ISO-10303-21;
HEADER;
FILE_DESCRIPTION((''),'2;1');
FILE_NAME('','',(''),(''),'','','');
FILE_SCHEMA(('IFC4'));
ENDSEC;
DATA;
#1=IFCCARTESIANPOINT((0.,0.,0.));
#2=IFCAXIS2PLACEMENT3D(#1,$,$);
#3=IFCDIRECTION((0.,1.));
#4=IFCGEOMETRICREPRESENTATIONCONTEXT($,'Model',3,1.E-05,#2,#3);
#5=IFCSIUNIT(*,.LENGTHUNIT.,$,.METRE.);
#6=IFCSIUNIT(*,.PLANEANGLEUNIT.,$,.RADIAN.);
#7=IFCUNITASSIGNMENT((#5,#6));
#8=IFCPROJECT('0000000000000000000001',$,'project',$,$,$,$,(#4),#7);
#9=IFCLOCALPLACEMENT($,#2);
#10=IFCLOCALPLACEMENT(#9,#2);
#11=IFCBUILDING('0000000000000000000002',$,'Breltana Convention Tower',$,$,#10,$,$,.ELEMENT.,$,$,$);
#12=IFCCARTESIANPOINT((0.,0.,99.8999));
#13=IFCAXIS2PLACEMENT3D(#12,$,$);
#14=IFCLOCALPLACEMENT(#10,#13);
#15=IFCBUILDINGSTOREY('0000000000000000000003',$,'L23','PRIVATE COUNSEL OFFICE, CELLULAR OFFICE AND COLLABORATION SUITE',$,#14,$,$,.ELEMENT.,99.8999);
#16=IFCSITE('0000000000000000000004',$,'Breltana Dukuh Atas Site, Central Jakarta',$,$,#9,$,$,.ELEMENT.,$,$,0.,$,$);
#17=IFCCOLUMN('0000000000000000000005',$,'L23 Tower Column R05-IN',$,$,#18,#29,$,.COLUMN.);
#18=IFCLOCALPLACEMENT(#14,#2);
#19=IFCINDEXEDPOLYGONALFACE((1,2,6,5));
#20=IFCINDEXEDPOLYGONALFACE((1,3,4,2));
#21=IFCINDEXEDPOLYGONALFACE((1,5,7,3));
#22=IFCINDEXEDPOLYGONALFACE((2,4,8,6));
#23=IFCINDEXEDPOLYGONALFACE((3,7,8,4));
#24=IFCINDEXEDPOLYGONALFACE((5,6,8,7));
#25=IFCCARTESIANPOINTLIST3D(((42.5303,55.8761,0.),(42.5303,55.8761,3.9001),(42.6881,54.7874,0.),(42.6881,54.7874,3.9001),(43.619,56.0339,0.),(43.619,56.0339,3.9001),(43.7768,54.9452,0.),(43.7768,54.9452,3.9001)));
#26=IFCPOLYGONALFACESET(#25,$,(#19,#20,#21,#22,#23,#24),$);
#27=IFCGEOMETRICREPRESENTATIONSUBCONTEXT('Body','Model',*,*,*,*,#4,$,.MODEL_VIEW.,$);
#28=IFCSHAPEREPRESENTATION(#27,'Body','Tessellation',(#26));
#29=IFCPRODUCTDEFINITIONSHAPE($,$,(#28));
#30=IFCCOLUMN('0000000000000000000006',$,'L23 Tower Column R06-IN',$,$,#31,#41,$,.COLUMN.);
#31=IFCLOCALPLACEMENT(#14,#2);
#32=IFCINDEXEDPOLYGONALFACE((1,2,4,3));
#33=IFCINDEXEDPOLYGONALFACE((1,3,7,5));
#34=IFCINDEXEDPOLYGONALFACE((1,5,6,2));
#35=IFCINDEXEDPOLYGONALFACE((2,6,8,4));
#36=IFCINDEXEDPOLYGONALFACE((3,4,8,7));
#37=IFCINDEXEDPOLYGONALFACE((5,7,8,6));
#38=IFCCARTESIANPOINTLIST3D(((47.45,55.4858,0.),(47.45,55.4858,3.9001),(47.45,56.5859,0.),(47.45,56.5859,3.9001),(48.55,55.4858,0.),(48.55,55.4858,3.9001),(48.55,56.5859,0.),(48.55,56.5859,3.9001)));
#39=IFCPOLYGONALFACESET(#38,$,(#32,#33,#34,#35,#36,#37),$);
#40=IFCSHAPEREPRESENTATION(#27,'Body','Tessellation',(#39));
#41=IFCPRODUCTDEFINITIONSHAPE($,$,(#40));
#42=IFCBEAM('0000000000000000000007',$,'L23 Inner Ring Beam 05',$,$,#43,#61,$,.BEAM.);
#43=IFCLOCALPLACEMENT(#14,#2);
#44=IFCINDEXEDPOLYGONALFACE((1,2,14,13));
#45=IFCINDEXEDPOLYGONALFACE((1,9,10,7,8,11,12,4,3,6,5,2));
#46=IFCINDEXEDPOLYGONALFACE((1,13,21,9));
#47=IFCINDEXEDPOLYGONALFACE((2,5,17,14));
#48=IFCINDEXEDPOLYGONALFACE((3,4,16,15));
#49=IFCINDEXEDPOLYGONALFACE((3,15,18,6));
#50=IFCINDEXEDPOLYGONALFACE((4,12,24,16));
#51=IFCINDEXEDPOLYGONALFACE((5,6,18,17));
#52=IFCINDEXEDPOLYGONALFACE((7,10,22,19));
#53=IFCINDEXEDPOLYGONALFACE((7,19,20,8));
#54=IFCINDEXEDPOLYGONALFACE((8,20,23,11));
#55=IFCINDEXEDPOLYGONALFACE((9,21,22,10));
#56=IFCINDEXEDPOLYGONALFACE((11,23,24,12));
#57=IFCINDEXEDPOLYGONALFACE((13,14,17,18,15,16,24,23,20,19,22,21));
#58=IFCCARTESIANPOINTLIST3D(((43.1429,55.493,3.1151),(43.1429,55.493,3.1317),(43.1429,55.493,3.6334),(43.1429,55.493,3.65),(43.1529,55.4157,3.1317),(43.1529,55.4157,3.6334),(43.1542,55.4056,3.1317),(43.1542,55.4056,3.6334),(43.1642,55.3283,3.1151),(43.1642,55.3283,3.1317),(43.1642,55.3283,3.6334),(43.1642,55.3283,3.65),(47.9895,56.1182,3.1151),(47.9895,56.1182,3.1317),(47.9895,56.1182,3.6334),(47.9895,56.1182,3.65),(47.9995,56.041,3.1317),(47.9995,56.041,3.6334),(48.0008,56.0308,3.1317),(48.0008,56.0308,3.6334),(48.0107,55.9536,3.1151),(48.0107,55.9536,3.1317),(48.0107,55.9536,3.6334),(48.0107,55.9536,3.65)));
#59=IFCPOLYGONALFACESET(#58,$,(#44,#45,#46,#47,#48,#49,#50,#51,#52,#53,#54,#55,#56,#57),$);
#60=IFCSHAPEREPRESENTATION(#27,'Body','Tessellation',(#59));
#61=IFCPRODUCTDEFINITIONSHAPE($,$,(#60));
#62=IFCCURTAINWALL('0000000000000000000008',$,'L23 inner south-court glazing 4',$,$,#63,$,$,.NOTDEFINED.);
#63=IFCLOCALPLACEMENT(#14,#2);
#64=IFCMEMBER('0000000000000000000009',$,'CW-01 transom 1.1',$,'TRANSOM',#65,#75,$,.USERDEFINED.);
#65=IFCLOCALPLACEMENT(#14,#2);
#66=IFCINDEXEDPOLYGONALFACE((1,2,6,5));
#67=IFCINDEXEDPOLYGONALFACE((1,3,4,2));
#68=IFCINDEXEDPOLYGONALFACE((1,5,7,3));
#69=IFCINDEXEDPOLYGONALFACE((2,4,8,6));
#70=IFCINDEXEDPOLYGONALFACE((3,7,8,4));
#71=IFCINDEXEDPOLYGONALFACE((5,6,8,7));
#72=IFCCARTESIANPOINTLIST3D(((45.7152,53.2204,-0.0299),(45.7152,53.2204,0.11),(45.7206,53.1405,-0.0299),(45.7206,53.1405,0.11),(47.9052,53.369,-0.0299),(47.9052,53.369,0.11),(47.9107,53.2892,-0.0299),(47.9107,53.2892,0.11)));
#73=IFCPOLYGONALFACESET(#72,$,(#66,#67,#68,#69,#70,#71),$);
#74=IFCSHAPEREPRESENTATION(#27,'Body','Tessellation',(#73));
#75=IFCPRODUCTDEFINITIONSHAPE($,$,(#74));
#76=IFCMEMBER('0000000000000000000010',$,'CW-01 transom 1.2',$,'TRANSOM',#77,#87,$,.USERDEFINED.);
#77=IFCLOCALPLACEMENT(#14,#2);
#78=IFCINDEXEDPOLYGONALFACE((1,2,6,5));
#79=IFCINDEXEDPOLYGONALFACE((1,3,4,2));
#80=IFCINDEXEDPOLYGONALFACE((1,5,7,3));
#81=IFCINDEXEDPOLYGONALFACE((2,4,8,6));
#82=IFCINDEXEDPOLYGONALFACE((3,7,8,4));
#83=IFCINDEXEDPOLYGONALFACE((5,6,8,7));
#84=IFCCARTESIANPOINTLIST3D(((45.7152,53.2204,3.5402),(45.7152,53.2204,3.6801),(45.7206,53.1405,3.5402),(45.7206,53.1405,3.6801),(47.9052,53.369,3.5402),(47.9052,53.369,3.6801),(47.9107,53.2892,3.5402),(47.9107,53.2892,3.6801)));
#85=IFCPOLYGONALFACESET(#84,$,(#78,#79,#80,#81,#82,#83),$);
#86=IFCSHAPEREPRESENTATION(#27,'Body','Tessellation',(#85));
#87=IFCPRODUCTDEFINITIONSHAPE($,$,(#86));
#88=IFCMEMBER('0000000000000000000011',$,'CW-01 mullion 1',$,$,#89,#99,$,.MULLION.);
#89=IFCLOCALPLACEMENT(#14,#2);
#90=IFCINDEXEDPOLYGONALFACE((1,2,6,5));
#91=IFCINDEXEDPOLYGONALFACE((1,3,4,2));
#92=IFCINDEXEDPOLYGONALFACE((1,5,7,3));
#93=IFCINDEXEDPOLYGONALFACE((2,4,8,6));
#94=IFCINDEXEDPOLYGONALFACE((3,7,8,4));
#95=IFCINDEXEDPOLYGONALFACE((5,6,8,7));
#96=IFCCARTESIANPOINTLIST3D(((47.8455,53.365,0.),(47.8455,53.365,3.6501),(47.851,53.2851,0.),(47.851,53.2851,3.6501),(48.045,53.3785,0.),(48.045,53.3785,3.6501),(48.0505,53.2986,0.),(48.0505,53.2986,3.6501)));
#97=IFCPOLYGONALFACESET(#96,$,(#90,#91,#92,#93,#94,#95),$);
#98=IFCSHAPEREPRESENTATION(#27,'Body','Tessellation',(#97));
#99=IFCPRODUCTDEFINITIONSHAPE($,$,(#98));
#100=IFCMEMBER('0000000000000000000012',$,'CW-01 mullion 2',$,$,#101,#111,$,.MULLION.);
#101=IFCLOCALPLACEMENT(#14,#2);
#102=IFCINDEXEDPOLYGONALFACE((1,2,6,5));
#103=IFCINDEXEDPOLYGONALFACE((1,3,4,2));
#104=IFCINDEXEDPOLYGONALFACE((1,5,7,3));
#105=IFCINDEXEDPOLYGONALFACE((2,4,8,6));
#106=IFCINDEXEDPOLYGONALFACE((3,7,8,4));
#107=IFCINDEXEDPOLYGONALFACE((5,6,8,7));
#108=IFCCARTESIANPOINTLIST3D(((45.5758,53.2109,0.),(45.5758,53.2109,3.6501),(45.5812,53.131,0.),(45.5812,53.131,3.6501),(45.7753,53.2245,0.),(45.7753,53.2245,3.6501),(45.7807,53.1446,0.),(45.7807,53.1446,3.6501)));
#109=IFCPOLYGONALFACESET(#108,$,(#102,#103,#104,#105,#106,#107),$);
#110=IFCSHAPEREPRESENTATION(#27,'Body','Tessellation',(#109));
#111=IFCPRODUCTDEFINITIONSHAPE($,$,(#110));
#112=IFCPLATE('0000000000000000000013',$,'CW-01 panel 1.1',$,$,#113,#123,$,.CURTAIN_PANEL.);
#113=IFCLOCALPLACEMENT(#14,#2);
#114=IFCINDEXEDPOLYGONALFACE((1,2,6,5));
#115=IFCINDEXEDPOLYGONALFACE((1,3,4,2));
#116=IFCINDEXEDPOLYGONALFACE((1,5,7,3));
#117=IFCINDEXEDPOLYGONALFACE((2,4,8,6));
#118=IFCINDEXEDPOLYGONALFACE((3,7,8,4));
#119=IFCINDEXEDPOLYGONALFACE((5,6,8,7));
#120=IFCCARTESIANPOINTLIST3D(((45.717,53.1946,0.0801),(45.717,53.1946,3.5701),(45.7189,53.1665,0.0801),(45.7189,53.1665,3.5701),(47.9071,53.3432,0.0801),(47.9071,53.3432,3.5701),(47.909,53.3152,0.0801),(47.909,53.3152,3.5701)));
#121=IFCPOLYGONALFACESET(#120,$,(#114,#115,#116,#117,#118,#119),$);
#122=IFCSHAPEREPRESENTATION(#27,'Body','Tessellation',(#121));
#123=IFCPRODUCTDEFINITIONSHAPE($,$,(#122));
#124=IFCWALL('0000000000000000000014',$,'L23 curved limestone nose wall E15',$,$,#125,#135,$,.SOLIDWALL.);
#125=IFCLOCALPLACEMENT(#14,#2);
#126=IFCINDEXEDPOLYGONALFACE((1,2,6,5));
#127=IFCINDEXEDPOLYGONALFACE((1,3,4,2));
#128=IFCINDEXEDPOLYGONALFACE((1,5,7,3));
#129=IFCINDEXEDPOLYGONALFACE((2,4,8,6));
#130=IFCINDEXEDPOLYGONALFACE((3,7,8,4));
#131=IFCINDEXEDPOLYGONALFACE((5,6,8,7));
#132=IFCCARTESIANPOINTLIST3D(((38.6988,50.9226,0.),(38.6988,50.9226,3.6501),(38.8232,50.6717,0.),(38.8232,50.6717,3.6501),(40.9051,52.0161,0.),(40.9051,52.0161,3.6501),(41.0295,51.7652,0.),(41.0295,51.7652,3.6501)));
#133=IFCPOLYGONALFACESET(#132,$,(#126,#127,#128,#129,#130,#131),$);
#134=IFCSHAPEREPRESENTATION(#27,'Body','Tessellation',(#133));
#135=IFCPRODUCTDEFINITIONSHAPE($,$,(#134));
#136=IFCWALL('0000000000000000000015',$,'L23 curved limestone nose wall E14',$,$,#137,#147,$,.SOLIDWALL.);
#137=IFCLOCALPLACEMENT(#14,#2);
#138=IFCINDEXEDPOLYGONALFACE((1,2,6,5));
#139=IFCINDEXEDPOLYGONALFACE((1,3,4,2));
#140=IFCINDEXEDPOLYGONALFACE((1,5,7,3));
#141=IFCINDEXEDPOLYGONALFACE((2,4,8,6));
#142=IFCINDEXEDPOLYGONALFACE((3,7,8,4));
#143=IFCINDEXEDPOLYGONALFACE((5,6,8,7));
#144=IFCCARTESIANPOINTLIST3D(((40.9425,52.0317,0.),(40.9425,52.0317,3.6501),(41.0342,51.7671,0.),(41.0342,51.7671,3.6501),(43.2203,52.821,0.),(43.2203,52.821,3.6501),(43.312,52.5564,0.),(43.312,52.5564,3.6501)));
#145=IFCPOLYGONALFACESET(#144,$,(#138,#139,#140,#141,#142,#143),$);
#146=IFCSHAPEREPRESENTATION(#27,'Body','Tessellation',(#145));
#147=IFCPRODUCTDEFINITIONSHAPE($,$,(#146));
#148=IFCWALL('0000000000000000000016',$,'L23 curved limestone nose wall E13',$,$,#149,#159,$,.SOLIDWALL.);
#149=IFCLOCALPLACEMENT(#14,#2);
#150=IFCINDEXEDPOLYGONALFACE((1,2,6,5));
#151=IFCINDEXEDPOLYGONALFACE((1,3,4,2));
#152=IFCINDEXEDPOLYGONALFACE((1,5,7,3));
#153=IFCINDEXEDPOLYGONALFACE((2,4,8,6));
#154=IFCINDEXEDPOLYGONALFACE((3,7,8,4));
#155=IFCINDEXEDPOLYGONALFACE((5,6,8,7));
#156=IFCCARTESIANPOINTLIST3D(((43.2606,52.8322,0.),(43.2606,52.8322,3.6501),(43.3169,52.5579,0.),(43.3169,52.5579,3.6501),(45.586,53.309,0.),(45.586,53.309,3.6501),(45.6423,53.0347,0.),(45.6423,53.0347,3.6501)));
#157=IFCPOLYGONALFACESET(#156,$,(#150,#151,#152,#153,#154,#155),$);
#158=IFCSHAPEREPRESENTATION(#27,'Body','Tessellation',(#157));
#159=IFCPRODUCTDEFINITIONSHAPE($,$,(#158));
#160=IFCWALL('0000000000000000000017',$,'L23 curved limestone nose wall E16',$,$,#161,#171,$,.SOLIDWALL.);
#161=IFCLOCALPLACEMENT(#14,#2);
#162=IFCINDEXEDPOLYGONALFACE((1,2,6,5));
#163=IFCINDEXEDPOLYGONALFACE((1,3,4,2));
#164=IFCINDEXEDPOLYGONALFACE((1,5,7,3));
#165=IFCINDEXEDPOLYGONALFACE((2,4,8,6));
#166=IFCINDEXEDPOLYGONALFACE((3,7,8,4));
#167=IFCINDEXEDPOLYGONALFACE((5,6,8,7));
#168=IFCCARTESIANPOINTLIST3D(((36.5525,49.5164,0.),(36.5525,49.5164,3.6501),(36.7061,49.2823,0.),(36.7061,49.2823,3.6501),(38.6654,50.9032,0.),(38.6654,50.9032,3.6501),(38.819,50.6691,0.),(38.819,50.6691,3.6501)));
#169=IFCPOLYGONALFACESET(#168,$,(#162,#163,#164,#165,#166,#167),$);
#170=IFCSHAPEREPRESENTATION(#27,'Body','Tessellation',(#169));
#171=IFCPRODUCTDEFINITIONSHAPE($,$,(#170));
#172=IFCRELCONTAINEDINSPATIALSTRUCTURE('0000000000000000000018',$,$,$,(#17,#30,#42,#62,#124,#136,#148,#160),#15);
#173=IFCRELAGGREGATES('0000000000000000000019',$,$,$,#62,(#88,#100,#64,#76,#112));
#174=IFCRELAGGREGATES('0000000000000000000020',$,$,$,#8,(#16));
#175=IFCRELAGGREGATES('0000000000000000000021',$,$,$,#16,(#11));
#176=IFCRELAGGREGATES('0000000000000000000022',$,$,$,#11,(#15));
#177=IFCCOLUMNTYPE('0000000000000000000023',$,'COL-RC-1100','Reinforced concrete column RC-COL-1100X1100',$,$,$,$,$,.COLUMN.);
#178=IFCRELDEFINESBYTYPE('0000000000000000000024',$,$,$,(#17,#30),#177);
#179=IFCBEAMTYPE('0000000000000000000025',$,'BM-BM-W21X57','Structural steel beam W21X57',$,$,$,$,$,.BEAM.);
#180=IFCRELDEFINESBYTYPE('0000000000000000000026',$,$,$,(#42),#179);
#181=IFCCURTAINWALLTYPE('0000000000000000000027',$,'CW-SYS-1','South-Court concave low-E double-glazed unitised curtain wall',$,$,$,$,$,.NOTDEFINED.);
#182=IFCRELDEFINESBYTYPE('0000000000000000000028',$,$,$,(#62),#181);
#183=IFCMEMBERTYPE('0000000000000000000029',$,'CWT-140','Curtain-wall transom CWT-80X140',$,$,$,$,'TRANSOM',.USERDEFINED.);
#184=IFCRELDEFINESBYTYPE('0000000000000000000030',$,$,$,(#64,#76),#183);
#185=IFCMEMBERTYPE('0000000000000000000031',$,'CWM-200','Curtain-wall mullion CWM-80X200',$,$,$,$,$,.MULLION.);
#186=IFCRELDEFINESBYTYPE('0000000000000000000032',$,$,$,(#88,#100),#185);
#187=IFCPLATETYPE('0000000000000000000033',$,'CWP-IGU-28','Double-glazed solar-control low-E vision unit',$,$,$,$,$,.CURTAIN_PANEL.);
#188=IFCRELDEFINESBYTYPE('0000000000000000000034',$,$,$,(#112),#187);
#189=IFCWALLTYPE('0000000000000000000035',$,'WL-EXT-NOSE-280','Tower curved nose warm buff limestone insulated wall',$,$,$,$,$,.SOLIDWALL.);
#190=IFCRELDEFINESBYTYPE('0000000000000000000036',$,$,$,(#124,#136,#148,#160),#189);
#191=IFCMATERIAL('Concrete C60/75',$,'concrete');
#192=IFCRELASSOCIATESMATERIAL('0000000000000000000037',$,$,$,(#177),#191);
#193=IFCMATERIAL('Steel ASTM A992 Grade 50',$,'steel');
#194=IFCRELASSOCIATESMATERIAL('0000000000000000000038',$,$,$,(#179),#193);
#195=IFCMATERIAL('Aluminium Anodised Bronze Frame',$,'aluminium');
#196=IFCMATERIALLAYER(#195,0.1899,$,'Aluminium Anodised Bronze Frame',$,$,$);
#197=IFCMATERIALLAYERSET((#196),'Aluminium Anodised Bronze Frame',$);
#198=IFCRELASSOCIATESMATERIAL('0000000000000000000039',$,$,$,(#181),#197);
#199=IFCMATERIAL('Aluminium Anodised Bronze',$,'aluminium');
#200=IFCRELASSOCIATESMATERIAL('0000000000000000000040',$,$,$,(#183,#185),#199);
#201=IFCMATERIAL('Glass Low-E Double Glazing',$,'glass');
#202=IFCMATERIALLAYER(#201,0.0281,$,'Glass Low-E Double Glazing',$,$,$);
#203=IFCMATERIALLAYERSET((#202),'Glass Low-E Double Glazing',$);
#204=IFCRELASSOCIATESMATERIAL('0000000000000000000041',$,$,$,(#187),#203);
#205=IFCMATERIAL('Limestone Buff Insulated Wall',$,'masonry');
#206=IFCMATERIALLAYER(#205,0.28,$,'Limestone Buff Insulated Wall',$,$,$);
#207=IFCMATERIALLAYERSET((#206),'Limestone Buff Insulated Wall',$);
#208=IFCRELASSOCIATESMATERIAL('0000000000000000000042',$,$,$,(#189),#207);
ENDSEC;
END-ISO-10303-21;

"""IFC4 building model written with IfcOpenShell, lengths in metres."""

from ifc_helpers import new_model, si_unit, direction, frame, frame_2d, origin, origin_2d, place, context, subcontext, project, spatial, rectangle, i_section, extrude, source, transform, mapped, material, layer, layer_set, material_profile, profile_set, type_object, element, aggregate, save


model = new_model("IFC4")

# Units and contexts
model_context = context("Model", 3, precision=1e-05, world=origin(), true_north=direction((0.0, 1.0)))
body_context = subcontext(model_context, "Body", "Model", "MODEL_VIEW")
ifc_project = project(units=[si_unit("LENGTHUNIT", "METRE"), si_unit("PLANEANGLEUNIT", "RADIAN")], contexts=[model_context])

# Site, building, storey
site_placement = place(None, origin())
site = spatial("IfcSite", under=ifc_project, at=site_placement, Name="Breltana Dukuh Atas Site, Central Jakarta", CompositionType="ELEMENT", RefElevation=0.0)
building_placement = place(site_placement, origin())
building = spatial("IfcBuilding", under=site, at=building_placement, Name="Breltana Convention Tower", CompositionType="ELEMENT")
storey_placement = place(building_placement, frame((0.0, 0.0, 99.8999)))
storey = spatial("IfcBuildingStorey", under=building, at=storey_placement, Name="L23", Description="PRIVATE COUNSEL OFFICE, CELLULAR OFFICE AND COLLABORATION SUITE", CompositionType="ELEMENT", Elevation=99.8999)

# Columns
ifc_material_1 = material(Name="Concrete C60/75", Category="concrete")
ifc_material_profile_1 = material_profile(ifc_material_1, rectangle(XDim=1.1001, YDim=1.1001, at=origin_2d()), Name="RC-COL-1100X1100")
ifc_profile_set_1 = profile_set([ifc_material_profile_1], Name="Concrete C60/75")
column_type = type_object("IfcColumnType", Name="COL-RC-1100", Description="Reinforced concrete column RC-COL-1100X1100", PredefinedType="COLUMN", material=ifc_profile_set_1)
shared_shape_1 = source(origin(), body_context, "Body", "SweptSolid", [
    extrude(rectangle(XDim=1.1001, YDim=1.1001, at=origin_2d()), origin(), (0.0, 0.0, 1.0), 3.9001),
])
for number, where, z_axis, x_axis, name in (
    (1, (43.1536, 55.4106, 0.0), (0.0, 0.0, 1.0), (-0.143493, 0.989651, 0.0), "L23 Tower Column R05-IN"),
    (2, (48.0, 56.0359, 0.0), (0.0, 0.0, 1.0), (0.0, 1.0, 0.0), "L23 Tower Column R06-IN"),
):
    element("IfcColumn", number, at=place(storey_placement, frame(where, z_axis=z_axis, x_axis=x_axis)), inside=storey, type_object=column_type, Name=name, PredefinedType="COLUMN", context=body_context, shape_type="MappedRepresentation", body=[
        mapped(shared_shape_1, transform((0.0, 0.0, 0.0), scale=1.0)),
    ])

# Beam
ifc_material_2 = material(Name="Steel ASTM A992 Grade 50", Category="steel")
ifc_material_profile_2 = material_profile(ifc_material_2, i_section(OverallWidth=0.166, OverallDepth=0.5349, WebThickness=0.0103, FlangeThickness=0.0166, at=origin_2d()), Name="W21X57")
ifc_profile_set_2 = profile_set([ifc_material_profile_2], Name="Steel ASTM A992 Grade 50")
beam_type = type_object("IfcBeamType", Name="BM-BM-W21X57", Description="Structural steel beam W21X57", PredefinedType="BEAM", material=ifc_profile_set_2)
shared_shape_2 = source(origin(), body_context, "Body", "SweptSolid", [
    extrude(i_section(OverallWidth=0.166, OverallDepth=0.5349, WebThickness=0.0103, FlangeThickness=0.0166, at=origin_2d()), origin(), (0.0, 0.0, 1.0), 4.8867),
])
beam_placement = place(storey_placement, frame((43.1536, 55.4106, 3.3826), z_axis=(0.991781, 0.127951, 0.0), x_axis=(-0.127951, 0.991781, 0.0)))
element("IfcBeam", 3, at=beam_placement, inside=storey, type_object=beam_type, Name="L23 Inner Ring Beam 05", PredefinedType="BEAM", context=body_context, shape_type="MappedRepresentation", body=[
    mapped(shared_shape_2, transform((0.0, 0.0, 0.0), scale=1.0)),
])

# Curtain wall, members, plate
ifc_material_3 = material(Name="Aluminium Anodised Bronze Frame", Category="aluminium")
ifc_layer_1 = layer(ifc_material_3, 0.1899, Name="Aluminium Anodised Bronze Frame")
ifc_layer_set_1 = layer_set([ifc_layer_1], Name="Aluminium Anodised Bronze Frame")
curtain_wall_type = type_object("IfcCurtainWallType", Name="CW-SYS-1", Description="South-Court concave low-E double-glazed unitised curtain wall", PredefinedType="NOTDEFINED", material=ifc_layer_set_1)
curtain_wall_placement = place(storey_placement, origin())
curtain_wall = element("IfcCurtainWall", 4, at=curtain_wall_placement, inside=storey, type_object=curtain_wall_type, Name="L23 inner south-court glazing 4", PredefinedType="NOTDEFINED")
ifc_material_4 = material(Name="Aluminium Anodised Bronze", Category="aluminium")
ifc_material_profile_3 = material_profile(ifc_material_4, rectangle(XDim=0.0801, YDim=0.1399, at=origin_2d()), Name="CWT-80X140")
ifc_profile_set_3 = profile_set([ifc_material_profile_3], Name="Aluminium Anodised Bronze")
member_type_1 = type_object("IfcMemberType", Name="CWT-140", Description="Curtain-wall transom CWT-80X140", ElementType="TRANSOM", PredefinedType="USERDEFINED", material=ifc_profile_set_3)
shared_shape_3 = source(origin(), body_context, "Body", "SweptSolid", [
    extrude(rectangle(XDim=0.0801, YDim=0.1399, at=origin_2d()), origin(), (0.0, 0.0, 1.0), 2.1951),
])
member_1_placement = place(storey_placement, frame((47.908, 53.3291, 0.04), z_axis=(-0.997703, -0.067737, 0.0), x_axis=(0.067737, -0.997703, 0.0)))
member_1 = element("IfcMember", 5, at=member_1_placement, type_object=member_type_1, Name="CW-01 transom 1.1", ObjectType="TRANSOM", PredefinedType="USERDEFINED", context=body_context, shape_type="MappedRepresentation", body=[
    mapped(shared_shape_3, transform((0.0, 0.0, 0.0), scale=1.0)),
])
member_2_placement = place(storey_placement, frame((47.908, 53.3291, 3.6101), z_axis=(-0.997703, -0.067737, 0.0), x_axis=(0.067737, -0.997703, 0.0)))
member_2 = element("IfcMember", 6, at=member_2_placement, type_object=member_type_1, Name="CW-01 transom 1.2", ObjectType="TRANSOM", PredefinedType="USERDEFINED", context=body_context, shape_type="MappedRepresentation", body=[
    mapped(shared_shape_3, transform((0.0, 0.0, 0.0), scale=1.0)),
])
ifc_material_profile_4 = material_profile(ifc_material_4, rectangle(XDim=0.0801, YDim=0.2, at=origin_2d()), Name="CWM-80X200")
ifc_profile_set_4 = profile_set([ifc_material_profile_4], Name="Aluminium Anodised Bronze")
member_type_2 = type_object("IfcMemberType", Name="CWM-200", Description="Curtain-wall mullion CWM-80X200", PredefinedType="MULLION", material=ifc_profile_set_4)
shared_shape_4 = source(origin(), body_context, "Body", "SweptSolid", [
    extrude(rectangle(XDim=0.0801, YDim=0.2, at=origin_2d()), origin(), (0.0, 0.0, 1.0), 3.6501),
])
member_3_placement = place(storey_placement, frame((47.948, 53.3318, 0.0), z_axis=(0.0, 0.0, 1.0), x_axis=(0.067728, -0.997704, 0.0)))
member_3 = element("IfcMember", 7, at=member_3_placement, type_object=member_type_2, Name="CW-01 mullion 1", PredefinedType="MULLION", context=body_context, shape_type="MappedRepresentation", body=[
    mapped(shared_shape_4, transform((0.0, 0.0, 0.0), scale=1.0)),
])
member_4_placement = place(storey_placement, frame((45.6782, 53.1777, 0.0), z_axis=(0.0, 0.0, 1.0), x_axis=(0.067728, -0.997704, 0.0)))
member_4 = element("IfcMember", 8, at=member_4_placement, type_object=member_type_2, Name="CW-01 mullion 2", PredefinedType="MULLION", context=body_context, shape_type="MappedRepresentation", body=[
    mapped(shared_shape_4, transform((0.0, 0.0, 0.0), scale=1.0)),
])
ifc_material_5 = material(Name="Glass Low-E Double Glazing", Category="glass")
ifc_layer_2 = layer(ifc_material_5, 0.0281, Name="Glass Low-E Double Glazing")
ifc_layer_set_2 = layer_set([ifc_layer_2], Name="Glass Low-E Double Glazing")
plate_type = type_object("IfcPlateType", Name="CWP-IGU-28", Description="Double-glazed solar-control low-E vision unit", PredefinedType="CURTAIN_PANEL", material=ifc_layer_set_2)
shared_shape_5 = source(origin(), body_context, "Body", "SweptSolid", [
    extrude(rectangle(XDim=2.1951, YDim=0.0281, at=origin_2d()), origin(), (0.0, 0.0, 1.0), 3.49),
])
plate_placement = place(storey_placement, frame((46.813, 53.2549, 0.0801), z_axis=(0.0, 0.0, 1.0), x_axis=(-0.997704, -0.067728, 0.0)))
plate = element("IfcPlate", 9, at=plate_placement, type_object=plate_type, Name="CW-01 panel 1.1", PredefinedType="CURTAIN_PANEL", context=body_context, shape_type="MappedRepresentation", body=[
    mapped(shared_shape_5, transform((0.0, 0.0, 0.0), scale=1.0)),
])
aggregate(curtain_wall, [member_3, member_4, member_1, member_2, plate])

# Walls
ifc_material_6 = material(Name="Limestone Buff Insulated Wall", Category="masonry")
ifc_layer_3 = layer(ifc_material_6, 0.28, Name="Limestone Buff Insulated Wall")
ifc_layer_set_3 = layer_set([ifc_layer_3], Name="Limestone Buff Insulated Wall")
wall_type_1 = type_object("IfcWallType", Name="WL-EXT-NOSE-280", Description="Tower curved nose warm buff limestone insulated wall", PredefinedType="SOLIDWALL", material=ifc_layer_set_3)
shared_shape_6 = source(origin(), body_context, "Body", "SweptSolid", [
    extrude(rectangle(XDim=2.4624, YDim=0.28, at=frame_2d((1.2312, 0.0))), origin(), (0.0, 0.0, 1.0), 3.6501),
])
wall_1_placement = place(storey_placement, frame((40.9673, 51.8906, 0.0), z_axis=(0.0, 0.0, 1.0), x_axis=(-0.895988, -0.444078, 0.0)))
element("IfcWall", 10, at=wall_1_placement, inside=storey, type_object=wall_type_1, Name="L23 curved limestone nose wall E15", PredefinedType="SOLIDWALL", context=body_context, shape_type="MappedRepresentation", body=[
    mapped(shared_shape_6, transform((0.0, 0.0, 0.0), scale=1.0)),
])
shared_shape_7 = source(origin(), body_context, "Body", "SweptSolid", [
    extrude(rectangle(XDim=2.4106, YDim=0.28, at=frame_2d((1.2053, 0.0))), origin(), (0.0, 0.0, 1.0), 3.6501),
])
wall_2_placement = place(storey_placement, frame((43.2661, 52.6887, 0.0), z_axis=(0.0, 0.0, 1.0), x_axis=(-0.94488, -0.327417, 0.0)))
element("IfcWall", 11, at=wall_2_placement, inside=storey, type_object=wall_type_1, Name="L23 curved limestone nose wall E14", PredefinedType="SOLIDWALL", context=body_context, shape_type="MappedRepresentation", body=[
    mapped(shared_shape_7, transform((0.0, 0.0, 0.0), scale=1.0)),
])
shared_shape_8 = source(origin(), body_context, "Body", "SweptSolid", [
    extrude(rectangle(XDim=2.3738, YDim=0.28, at=frame_2d((1.187, 0.0))), origin(), (0.0, 0.0, 1.0), 3.6501),
])
wall_3_placement = place(storey_placement, frame((45.6143, 53.1719, 0.0), z_axis=(0.0, 0.0, 1.0), x_axis=(-0.97962, -0.200861, 0.0)))
element("IfcWall", 12, at=wall_3_placement, inside=storey, type_object=wall_type_1, Name="L23 curved limestone nose wall E13", PredefinedType="SOLIDWALL", context=body_context, shape_type="MappedRepresentation", body=[
    mapped(shared_shape_8, transform((0.0, 0.0, 0.0), scale=1.0)),
])
shared_shape_9 = source(origin(), body_context, "Body", "SweptSolid", [
    extrude(rectangle(XDim=2.5273, YDim=0.28, at=frame_2d((1.2637, 0.0))), origin(), (0.0, 0.0, 1.0), 3.6501),
])
wall_4_placement = place(storey_placement, frame((38.7422, 50.7861, 0.0), z_axis=(0.0, 0.0, 1.0), x_axis=(-0.836012, -0.548711, 0.0)))
element("IfcWall", 13, at=wall_4_placement, inside=storey, type_object=wall_type_1, Name="L23 curved limestone nose wall E16", PredefinedType="SOLIDWALL", context=body_context, shape_type="MappedRepresentation", body=[
    mapped(shared_shape_9, transform((0.0, 0.0, 0.0), scale=1.0)),
])

save(model, "model.ifc")
